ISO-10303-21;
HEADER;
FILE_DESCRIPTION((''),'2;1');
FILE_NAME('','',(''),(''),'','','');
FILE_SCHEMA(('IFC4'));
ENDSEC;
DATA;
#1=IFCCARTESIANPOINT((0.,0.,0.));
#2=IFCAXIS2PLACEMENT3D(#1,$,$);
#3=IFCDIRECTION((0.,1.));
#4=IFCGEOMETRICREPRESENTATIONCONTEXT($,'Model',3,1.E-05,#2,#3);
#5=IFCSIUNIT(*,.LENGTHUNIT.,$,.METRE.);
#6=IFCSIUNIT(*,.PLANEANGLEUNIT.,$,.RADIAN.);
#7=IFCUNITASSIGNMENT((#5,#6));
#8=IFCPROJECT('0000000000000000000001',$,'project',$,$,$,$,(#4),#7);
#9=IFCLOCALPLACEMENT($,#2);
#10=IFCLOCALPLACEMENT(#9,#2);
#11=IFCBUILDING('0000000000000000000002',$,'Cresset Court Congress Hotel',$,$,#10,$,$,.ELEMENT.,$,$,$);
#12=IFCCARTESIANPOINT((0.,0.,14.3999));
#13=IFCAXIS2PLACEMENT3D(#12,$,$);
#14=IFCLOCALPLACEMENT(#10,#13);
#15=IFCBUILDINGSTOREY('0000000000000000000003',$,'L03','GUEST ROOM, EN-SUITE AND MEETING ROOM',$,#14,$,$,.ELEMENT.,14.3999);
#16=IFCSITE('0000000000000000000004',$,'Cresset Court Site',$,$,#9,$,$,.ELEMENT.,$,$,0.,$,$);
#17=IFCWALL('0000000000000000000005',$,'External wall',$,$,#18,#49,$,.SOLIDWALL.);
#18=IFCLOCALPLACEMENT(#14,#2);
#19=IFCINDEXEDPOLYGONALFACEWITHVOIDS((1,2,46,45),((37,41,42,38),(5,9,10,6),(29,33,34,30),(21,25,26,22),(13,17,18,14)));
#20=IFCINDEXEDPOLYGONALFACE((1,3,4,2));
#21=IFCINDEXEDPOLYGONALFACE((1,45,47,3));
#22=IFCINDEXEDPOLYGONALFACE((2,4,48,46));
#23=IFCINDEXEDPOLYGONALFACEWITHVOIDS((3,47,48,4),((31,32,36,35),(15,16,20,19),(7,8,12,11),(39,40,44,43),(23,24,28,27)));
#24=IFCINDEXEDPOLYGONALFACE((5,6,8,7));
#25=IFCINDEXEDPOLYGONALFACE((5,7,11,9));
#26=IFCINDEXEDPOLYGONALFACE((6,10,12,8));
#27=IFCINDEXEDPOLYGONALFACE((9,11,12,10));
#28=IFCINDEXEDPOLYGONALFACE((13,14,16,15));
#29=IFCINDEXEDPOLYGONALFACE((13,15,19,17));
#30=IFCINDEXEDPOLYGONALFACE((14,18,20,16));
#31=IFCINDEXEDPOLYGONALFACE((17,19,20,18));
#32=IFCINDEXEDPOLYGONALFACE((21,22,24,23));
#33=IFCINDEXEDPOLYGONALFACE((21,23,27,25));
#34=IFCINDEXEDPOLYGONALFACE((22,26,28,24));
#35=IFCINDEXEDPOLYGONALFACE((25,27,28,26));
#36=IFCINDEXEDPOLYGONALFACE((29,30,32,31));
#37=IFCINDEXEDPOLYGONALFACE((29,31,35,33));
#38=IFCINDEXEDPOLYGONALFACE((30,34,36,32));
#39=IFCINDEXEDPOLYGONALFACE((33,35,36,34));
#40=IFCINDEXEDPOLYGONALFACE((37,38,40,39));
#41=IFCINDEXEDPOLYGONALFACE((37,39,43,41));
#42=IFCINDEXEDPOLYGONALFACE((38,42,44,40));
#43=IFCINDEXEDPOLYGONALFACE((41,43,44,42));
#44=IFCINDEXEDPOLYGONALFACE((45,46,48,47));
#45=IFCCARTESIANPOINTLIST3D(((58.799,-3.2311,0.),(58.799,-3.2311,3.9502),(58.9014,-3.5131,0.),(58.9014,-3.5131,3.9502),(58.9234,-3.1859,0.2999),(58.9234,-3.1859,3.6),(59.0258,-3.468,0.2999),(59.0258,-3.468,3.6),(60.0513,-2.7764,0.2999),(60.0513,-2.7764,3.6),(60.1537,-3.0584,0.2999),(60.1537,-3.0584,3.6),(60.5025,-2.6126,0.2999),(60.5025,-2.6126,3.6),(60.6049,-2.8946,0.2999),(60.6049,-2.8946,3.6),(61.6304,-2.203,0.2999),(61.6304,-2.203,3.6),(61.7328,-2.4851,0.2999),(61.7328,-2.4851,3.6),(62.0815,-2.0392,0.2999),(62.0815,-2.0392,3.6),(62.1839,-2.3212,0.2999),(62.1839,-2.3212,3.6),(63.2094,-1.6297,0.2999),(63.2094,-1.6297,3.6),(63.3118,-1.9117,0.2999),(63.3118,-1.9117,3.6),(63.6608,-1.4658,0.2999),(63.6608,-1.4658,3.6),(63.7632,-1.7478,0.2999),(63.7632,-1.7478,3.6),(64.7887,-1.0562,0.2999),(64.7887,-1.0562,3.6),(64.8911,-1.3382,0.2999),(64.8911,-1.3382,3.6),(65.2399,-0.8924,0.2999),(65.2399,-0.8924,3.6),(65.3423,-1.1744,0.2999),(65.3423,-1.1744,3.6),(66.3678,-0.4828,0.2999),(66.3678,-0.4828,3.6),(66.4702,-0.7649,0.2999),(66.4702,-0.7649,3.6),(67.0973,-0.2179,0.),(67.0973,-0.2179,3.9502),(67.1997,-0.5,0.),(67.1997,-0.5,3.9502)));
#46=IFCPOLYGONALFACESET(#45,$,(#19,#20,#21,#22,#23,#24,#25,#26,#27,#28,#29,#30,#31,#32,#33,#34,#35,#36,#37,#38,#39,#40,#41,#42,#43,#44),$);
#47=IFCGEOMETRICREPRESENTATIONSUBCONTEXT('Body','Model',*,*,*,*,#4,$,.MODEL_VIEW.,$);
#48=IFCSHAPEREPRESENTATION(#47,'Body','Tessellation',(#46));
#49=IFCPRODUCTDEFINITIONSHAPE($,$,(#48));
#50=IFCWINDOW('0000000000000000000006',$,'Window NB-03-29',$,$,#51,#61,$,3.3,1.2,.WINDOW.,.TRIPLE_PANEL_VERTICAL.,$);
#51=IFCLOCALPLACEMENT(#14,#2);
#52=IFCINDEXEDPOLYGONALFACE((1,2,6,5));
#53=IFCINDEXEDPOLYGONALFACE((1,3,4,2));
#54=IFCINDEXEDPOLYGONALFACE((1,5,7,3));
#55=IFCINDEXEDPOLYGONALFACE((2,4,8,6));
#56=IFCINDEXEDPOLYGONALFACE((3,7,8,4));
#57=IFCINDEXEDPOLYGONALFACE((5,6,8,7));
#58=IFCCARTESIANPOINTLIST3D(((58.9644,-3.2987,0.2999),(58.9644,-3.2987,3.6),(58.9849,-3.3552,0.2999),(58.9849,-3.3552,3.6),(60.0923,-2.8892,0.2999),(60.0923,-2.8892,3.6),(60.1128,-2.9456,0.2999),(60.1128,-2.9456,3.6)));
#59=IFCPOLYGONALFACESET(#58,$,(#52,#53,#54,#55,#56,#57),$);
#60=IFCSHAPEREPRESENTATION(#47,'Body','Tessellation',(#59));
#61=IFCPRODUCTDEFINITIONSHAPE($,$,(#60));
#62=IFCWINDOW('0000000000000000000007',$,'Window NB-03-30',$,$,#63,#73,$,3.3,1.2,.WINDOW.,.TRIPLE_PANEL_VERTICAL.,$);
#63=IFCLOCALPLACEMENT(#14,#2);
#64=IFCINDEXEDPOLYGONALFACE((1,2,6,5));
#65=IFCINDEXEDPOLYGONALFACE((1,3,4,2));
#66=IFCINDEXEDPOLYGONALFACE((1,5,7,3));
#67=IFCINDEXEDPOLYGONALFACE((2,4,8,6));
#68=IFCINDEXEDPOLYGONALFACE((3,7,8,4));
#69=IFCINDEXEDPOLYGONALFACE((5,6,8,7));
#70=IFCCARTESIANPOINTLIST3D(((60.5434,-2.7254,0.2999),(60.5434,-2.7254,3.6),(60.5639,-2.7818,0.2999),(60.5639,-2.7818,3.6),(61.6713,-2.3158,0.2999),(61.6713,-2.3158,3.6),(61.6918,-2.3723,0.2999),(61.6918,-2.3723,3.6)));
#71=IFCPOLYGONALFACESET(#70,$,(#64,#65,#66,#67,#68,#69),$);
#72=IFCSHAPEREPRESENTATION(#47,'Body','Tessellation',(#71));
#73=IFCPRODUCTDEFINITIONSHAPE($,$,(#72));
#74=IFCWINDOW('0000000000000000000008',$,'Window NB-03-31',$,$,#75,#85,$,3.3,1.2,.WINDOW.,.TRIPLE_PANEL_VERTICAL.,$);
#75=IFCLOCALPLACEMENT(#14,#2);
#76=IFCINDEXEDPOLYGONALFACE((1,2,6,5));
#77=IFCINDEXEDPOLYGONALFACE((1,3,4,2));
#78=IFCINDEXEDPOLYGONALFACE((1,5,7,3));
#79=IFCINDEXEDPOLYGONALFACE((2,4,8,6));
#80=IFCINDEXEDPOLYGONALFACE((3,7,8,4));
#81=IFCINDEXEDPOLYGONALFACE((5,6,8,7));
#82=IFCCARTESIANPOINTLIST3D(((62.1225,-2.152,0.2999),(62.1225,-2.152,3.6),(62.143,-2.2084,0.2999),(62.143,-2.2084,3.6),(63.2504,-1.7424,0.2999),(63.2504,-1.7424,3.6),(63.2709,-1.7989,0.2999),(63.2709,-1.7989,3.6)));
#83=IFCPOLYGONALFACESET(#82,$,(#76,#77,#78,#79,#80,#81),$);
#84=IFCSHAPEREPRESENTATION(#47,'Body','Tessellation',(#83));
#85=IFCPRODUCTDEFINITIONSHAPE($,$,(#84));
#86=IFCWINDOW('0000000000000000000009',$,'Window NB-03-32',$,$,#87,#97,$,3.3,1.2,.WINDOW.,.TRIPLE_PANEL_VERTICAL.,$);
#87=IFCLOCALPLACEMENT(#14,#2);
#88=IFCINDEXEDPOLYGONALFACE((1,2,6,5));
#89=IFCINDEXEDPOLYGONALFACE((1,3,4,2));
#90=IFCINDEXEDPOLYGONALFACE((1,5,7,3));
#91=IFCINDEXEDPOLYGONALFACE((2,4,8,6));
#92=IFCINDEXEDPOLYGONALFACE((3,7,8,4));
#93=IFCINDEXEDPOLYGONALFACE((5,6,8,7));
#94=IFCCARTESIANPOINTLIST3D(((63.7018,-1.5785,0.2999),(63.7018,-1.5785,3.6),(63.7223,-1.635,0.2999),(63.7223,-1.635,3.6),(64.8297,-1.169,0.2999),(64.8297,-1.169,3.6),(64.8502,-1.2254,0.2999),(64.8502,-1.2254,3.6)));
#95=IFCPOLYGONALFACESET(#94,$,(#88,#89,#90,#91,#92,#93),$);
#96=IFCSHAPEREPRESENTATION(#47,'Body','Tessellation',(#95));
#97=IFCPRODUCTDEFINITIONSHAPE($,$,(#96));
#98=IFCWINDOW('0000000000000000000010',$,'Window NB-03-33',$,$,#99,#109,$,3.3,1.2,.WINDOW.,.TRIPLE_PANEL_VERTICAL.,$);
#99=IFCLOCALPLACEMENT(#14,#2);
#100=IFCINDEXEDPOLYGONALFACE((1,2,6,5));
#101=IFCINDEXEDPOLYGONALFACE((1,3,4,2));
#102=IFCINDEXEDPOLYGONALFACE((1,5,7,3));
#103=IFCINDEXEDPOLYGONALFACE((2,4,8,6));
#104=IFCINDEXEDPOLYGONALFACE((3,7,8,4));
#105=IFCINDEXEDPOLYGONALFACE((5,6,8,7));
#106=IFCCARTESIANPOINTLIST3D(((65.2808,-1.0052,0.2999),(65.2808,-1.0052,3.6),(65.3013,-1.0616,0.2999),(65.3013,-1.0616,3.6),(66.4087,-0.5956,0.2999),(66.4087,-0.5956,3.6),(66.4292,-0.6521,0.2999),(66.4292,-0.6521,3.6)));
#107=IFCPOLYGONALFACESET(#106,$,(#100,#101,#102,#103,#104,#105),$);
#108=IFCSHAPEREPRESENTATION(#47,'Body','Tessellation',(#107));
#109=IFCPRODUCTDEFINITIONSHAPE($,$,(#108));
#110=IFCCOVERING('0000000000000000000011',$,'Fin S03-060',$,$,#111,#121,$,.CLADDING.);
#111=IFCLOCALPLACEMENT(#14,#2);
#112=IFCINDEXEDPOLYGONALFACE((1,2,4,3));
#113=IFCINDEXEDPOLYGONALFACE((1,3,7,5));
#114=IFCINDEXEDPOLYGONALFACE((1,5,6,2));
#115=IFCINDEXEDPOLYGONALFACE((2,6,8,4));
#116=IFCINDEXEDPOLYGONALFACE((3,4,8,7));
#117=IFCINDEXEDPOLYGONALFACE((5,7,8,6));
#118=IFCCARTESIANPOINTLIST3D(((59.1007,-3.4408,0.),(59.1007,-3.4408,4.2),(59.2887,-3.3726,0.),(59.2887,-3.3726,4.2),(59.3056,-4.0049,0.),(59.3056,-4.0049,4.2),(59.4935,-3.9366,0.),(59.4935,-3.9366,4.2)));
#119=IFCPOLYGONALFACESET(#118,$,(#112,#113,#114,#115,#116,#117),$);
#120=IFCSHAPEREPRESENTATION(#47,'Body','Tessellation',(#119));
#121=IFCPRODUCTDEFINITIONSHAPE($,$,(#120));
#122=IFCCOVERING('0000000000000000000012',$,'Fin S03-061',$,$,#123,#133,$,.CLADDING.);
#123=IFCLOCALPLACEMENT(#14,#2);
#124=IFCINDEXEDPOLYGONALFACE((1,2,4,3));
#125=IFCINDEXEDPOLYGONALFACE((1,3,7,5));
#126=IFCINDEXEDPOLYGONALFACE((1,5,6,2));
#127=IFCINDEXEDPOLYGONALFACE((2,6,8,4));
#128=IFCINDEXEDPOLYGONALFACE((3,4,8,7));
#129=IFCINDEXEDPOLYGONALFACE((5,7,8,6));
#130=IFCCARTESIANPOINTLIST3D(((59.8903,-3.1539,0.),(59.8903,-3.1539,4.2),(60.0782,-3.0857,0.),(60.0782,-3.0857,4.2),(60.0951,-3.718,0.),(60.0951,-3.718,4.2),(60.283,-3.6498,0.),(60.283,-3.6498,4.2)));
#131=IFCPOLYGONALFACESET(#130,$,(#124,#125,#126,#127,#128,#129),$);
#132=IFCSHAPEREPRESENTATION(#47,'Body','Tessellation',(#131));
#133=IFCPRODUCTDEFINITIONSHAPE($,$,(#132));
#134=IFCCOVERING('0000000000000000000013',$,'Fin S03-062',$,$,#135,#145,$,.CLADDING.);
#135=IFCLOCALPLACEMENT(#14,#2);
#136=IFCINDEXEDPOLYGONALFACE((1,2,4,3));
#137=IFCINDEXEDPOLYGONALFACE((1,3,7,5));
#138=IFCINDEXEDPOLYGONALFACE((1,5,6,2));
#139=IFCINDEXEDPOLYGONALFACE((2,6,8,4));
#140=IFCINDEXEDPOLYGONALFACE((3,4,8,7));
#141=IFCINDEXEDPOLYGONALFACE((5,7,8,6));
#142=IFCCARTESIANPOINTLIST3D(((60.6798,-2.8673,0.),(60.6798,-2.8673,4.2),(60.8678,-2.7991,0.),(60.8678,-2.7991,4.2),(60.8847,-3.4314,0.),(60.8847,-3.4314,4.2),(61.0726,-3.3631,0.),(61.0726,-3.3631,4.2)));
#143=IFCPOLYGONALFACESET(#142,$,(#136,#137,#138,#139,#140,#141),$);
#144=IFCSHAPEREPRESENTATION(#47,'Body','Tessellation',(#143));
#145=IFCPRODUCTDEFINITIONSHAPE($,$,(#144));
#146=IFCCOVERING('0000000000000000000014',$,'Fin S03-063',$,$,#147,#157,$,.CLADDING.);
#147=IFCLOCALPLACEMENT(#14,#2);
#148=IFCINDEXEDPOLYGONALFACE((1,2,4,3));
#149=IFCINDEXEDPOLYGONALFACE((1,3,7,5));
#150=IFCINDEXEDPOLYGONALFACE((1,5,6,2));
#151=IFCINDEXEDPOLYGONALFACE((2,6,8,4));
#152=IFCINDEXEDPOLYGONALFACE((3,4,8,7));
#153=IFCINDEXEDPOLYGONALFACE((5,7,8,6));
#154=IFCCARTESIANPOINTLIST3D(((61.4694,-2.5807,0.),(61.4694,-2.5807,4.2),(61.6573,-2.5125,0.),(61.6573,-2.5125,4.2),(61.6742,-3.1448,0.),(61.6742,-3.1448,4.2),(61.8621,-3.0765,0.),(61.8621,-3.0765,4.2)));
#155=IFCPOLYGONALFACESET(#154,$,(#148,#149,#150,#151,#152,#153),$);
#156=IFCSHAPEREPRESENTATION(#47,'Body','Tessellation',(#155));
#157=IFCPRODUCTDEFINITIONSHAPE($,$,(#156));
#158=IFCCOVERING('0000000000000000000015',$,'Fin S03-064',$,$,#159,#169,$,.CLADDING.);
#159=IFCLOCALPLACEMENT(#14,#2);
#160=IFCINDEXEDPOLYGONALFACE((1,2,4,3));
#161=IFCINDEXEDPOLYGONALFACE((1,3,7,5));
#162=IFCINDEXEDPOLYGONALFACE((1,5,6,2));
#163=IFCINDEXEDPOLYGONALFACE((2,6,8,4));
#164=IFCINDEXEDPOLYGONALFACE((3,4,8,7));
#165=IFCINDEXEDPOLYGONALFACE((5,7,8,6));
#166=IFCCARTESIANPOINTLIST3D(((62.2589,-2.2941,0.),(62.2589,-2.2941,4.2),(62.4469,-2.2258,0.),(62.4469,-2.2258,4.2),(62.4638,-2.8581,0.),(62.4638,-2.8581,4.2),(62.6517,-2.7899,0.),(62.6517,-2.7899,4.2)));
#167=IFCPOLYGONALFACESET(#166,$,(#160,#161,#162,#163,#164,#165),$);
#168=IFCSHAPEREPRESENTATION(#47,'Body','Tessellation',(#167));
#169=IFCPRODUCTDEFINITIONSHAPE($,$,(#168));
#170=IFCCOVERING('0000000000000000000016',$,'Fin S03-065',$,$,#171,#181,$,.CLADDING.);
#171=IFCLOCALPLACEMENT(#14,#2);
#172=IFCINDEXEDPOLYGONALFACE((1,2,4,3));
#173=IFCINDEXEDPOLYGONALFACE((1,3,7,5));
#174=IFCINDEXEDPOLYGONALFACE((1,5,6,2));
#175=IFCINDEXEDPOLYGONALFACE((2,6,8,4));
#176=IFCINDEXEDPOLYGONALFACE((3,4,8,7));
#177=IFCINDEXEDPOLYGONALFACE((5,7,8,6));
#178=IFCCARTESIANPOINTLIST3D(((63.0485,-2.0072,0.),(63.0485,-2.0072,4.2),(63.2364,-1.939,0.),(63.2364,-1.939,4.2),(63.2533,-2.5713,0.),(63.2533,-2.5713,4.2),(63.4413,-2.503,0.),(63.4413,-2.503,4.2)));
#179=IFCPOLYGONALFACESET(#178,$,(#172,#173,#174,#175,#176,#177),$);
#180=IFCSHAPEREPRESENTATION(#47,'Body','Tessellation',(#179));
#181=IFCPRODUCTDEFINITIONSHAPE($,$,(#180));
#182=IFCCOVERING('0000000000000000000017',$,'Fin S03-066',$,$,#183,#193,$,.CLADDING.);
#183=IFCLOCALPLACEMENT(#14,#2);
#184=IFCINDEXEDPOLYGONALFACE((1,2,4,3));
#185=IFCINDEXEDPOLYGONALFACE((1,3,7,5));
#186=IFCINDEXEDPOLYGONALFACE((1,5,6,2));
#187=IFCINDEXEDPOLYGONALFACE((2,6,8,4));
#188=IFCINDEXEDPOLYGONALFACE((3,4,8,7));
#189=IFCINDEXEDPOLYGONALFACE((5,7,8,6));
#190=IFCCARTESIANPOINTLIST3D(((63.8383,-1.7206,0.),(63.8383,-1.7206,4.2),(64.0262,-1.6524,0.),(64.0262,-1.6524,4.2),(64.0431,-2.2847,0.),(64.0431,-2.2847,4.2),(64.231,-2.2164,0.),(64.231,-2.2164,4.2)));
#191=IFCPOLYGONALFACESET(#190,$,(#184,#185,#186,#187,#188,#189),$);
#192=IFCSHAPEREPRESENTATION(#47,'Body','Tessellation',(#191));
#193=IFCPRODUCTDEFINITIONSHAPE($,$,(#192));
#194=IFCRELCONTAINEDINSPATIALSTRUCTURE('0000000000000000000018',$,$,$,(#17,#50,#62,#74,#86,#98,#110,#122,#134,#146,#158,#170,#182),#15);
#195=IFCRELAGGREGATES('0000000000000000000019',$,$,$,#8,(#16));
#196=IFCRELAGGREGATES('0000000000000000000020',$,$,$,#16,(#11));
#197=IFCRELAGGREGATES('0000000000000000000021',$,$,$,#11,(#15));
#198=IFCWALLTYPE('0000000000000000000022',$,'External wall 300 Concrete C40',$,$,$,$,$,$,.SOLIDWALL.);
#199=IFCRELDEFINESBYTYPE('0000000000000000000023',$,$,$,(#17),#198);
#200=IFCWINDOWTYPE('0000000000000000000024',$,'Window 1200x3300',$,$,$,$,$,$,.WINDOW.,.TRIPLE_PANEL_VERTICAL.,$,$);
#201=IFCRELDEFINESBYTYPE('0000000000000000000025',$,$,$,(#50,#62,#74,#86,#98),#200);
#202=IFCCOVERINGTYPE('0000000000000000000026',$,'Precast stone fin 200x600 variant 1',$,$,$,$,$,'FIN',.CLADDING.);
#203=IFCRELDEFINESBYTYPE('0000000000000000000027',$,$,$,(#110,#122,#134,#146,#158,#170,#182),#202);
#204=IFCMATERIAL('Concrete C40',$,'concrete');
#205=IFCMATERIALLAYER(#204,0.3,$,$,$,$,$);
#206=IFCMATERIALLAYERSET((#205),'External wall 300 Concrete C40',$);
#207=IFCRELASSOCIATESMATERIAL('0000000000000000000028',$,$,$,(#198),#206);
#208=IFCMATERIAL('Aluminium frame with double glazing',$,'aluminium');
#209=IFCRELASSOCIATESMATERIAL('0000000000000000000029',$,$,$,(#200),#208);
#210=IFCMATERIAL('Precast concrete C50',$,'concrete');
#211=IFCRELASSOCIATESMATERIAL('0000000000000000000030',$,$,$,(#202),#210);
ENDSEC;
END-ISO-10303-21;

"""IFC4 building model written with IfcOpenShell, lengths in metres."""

from ifc_helpers import new_model, si_unit, direction, frame, frame_2d, origin, origin_2d, place, context, subcontext, project, spatial, rectangle, extrude, material, layer, layer_set, type_object, element, fill, save


model = new_model("IFC4")

# Units and contexts
model_context = context("Model", 3, precision=1e-05, world=origin(), true_north=direction((0.0, 1.0)))
body_context = subcontext(model_context, "Body", "Model", "MODEL_VIEW")
ifc_project = project(units=[si_unit("LENGTHUNIT", "METRE"), si_unit("PLANEANGLEUNIT", "RADIAN")], contexts=[model_context])

# Site, building, storey
site_placement = place(None, origin())
site = spatial("IfcSite", under=ifc_project, at=site_placement, Name="Cresset Court Site", CompositionType="ELEMENT", RefElevation=0.0)
building_placement = place(site_placement, origin())
building = spatial("IfcBuilding", under=site, at=building_placement, Name="Cresset Court Congress Hotel", CompositionType="ELEMENT")
storey_placement = place(building_placement, frame((0.0, 0.0, 14.3999)))
storey = spatial("IfcBuildingStorey", under=building, at=storey_placement, Name="L03", Description="GUEST ROOM, EN-SUITE AND MEETING ROOM", CompositionType="ELEMENT", Elevation=14.3999)

# Shared definitions
ifc_material_1 = material(Name="Concrete C40", Category="concrete")
ifc_layer_1 = layer(ifc_material_1, 0.3)
ifc_layer_set_1 = layer_set([ifc_layer_1], Name="External wall 300 Concrete C40")
wall_type = type_object("IfcWallType", Name="External wall 300 Concrete C40", PredefinedType="SOLIDWALL", material=ifc_layer_set_1)

# Wall, openings, windows
wall_1_placement = place(storey_placement, frame((58.8503, -3.3721, 0.0), z_axis=(0.0, 0.0, 1.0), x_axis=(0.939953, 0.341303, 0.0)))
wall_1 = element("IfcWall", 1, at=wall_1_placement, inside=storey, type_object=wall_type, Name="External wall", PredefinedType="SOLIDWALL", context=body_context, shape_type="SweptSolid", body=[
    extrude(rectangle(XDim=8.8284, YDim=0.3, at=frame_2d((4.4141, 0.0))), origin(), (0.0, 0.0, 1.0), 3.9502),
])
opening_1_placement = place(wall_1_placement, frame((0.1321, 0.0, 0.3)))
opening_1 = element("IfcOpeningElement", 2, at=opening_1_placement, cuts=wall_1, PredefinedType="OPENING", context=body_context, shape_type="SweptSolid", body=[
    extrude(rectangle(XDim=1.2, YDim=3.3, at=frame_2d((0.6001, 1.6499))), frame((0.0, 0.1599, 0.0), z_axis=(0.0, -1.0, 0.0), x_axis=(1.0, 0.0, 0.0)), (0.0, 0.0, 1.0), 0.3201),
])
opening_2_placement = place(wall_1_placement, frame((1.812, 0.0, 0.3)))
opening_2 = element("IfcOpeningElement", 3, at=opening_2_placement, cuts=wall_1, PredefinedType="OPENING", context=body_context, shape_type="SweptSolid", body=[
    extrude(rectangle(XDim=1.2, YDim=3.3, at=frame_2d((0.6001, 1.6499))), frame((0.0, 0.1599, 0.0), z_axis=(0.0, -1.0, 0.0), x_axis=(1.0, 0.0, 0.0)), (0.0, 0.0, 1.0), 0.3201),
])
opening_3_placement = place(wall_1_placement, frame((3.4919, 0.0, 0.3)))
opening_3 = element("IfcOpeningElement", 4, at=opening_3_placement, cuts=wall_1, PredefinedType="OPENING", context=body_context, shape_type="SweptSolid", body=[
    extrude(rectangle(XDim=1.2, YDim=3.3, at=frame_2d((0.6001, 1.6499))), frame((0.0, 0.1599, 0.0), z_axis=(0.0, -1.0, 0.0), x_axis=(1.0, 0.0, 0.0)), (0.0, 0.0, 1.0), 0.3201),
])
opening_4_placement = place(wall_1_placement, frame((5.1721, 0.0, 0.3)))
opening_4 = element("IfcOpeningElement", 5, at=opening_4_placement, cuts=wall_1, PredefinedType="OPENING", context=body_context, shape_type="SweptSolid", body=[
    extrude(rectangle(XDim=1.2, YDim=3.3, at=frame_2d((0.6001, 1.6499))), frame((0.0, 0.1599, 0.0), z_axis=(0.0, -1.0, 0.0), x_axis=(1.0, 0.0, 0.0)), (0.0, 0.0, 1.0), 0.3201),
])
opening_5_placement = place(wall_1_placement, frame((6.8521, 0.0, 0.3)))
opening_5 = element("IfcOpeningElement", 6, at=opening_5_placement, cuts=wall_1, PredefinedType="OPENING", context=body_context, shape_type="SweptSolid", body=[
    extrude(rectangle(XDim=1.2, YDim=3.3, at=frame_2d((0.6001, 1.6499))), frame((0.0, 0.1599, 0.0), z_axis=(0.0, -1.0, 0.0), x_axis=(1.0, 0.0, 0.0)), (0.0, 0.0, 1.0), 0.3201),
])
ifc_material_2 = material(Name="Aluminium frame with double glazing", Category="aluminium")
window_type = type_object("IfcWindowType", Name="Window 1200x3300", PartitioningType="TRIPLE_PANEL_VERTICAL", PredefinedType="WINDOW", material=ifc_material_2)
window_1_placement = place(opening_1_placement, origin())
window_1 = element("IfcWindow", 7, at=window_1_placement, inside=storey, type_object=window_type, Name="Window NB-03-29", OverallHeight=3.3, OverallWidth=1.2, PartitioningType="TRIPLE_PANEL_VERTICAL", PredefinedType="WINDOW", context=body_context, shape_type="SweptSolid", body=[
    extrude(rectangle(XDim=1.2, YDim=3.3, at=frame_2d((0.6001, 1.6499))), frame((0.0, 0.03, 0.0), z_axis=(0.0, -1.0, 0.0), x_axis=(1.0, 0.0, 0.0)), (0.0, 0.0, 1.0), 0.0601),
])
fill(opening_1, window_1)
window_2_placement = place(opening_2_placement, origin())
window_2 = element("IfcWindow", 8, at=window_2_placement, inside=storey, type_object=window_type, Name="Window NB-03-30", OverallHeight=3.3, OverallWidth=1.2, PartitioningType="TRIPLE_PANEL_VERTICAL", PredefinedType="WINDOW", context=body_context, shape_type="SweptSolid", body=[
    extrude(rectangle(XDim=1.2, YDim=3.3, at=frame_2d((0.6001, 1.6499))), frame((0.0, 0.03, 0.0), z_axis=(0.0, -1.0, 0.0), x_axis=(1.0, 0.0, 0.0)), (0.0, 0.0, 1.0), 0.0601),
])
fill(opening_2, window_2)
window_3_placement = place(opening_3_placement, origin())
window_3 = element("IfcWindow", 9, at=window_3_placement, inside=storey, type_object=window_type, Name="Window NB-03-31", OverallHeight=3.3, OverallWidth=1.2, PartitioningType="TRIPLE_PANEL_VERTICAL", PredefinedType="WINDOW", context=body_context, shape_type="SweptSolid", body=[
    extrude(rectangle(XDim=1.2, YDim=3.3, at=frame_2d((0.6001, 1.6499))), frame((0.0, 0.03, 0.0), z_axis=(0.0, -1.0, 0.0), x_axis=(1.0, 0.0, 0.0)), (0.0, 0.0, 1.0), 0.0601),
])
fill(opening_3, window_3)
window_4_placement = place(opening_4_placement, origin())
window_4 = element("IfcWindow", 10, at=window_4_placement, inside=storey, type_object=window_type, Name="Window NB-03-32", OverallHeight=3.3, OverallWidth=1.2, PartitioningType="TRIPLE_PANEL_VERTICAL", PredefinedType="WINDOW", context=body_context, shape_type="SweptSolid", body=[
    extrude(rectangle(XDim=1.2, YDim=3.3, at=frame_2d((0.6001, 1.6499))), frame((0.0, 0.03, 0.0), z_axis=(0.0, -1.0, 0.0), x_axis=(1.0, 0.0, 0.0)), (0.0, 0.0, 1.0), 0.0601),
])
fill(opening_4, window_4)
window_5_placement = place(opening_5_placement, origin())
window_5 = element("IfcWindow", 11, at=window_5_placement, inside=storey, type_object=window_type, Name="Window NB-03-33", OverallHeight=3.3, OverallWidth=1.2, PartitioningType="TRIPLE_PANEL_VERTICAL", PredefinedType="WINDOW", context=body_context, shape_type="SweptSolid", body=[
    extrude(rectangle(XDim=1.2, YDim=3.3, at=frame_2d((0.6001, 1.6499))), frame((0.0, 0.03, 0.0), z_axis=(0.0, -1.0, 0.0), x_axis=(1.0, 0.0, 0.0)), (0.0, 0.0, 1.0), 0.0601),
])
fill(opening_5, window_5)

# Coverings
ifc_material_3 = material(Name="Precast concrete C50", Category="concrete")
covering_type = type_object("IfcCoveringType", Name="Precast stone fin 200x600 variant 1", ElementType="FIN", PredefinedType="CLADDING", material=ifc_material_3)
for number, where, z_axis, x_axis, name in (
    (12, (59.2971, -3.6887, 0.0), (0.0, 0.0, 1.0), (0.939957, 0.341293, 0.0), "Fin S03-060"),
    (13, (60.0867, -3.4019, 0.0), (0.0, 0.0, 1.0), (0.939957, 0.341293, 0.0), "Fin S03-061"),
    (14, (60.8762, -3.1152, 0.0), (0.0, 0.0, 1.0), (0.939957, 0.341293, 0.0), "Fin S03-062"),
    (15, (61.6658, -2.8286, 0.0), (0.0, 0.0, 1.0), (0.939957, 0.341293, 0.0), "Fin S03-063"),
    (16, (62.4553, -2.542, 0.0), (0.0, 0.0, 1.0), (0.939957, 0.341293, 0.0), "Fin S03-064"),
    (17, (63.2449, -2.2551, 0.0), (0.0, 0.0, 1.0), (0.939957, 0.341293, 0.0), "Fin S03-065"),
    (18, (64.0347, -1.9685, 0.0), (0.0, 0.0, 1.0), (0.939957, 0.341293, 0.0), "Fin S03-066"),
):
    element("IfcCovering", number, at=place(storey_placement, frame(where, z_axis=z_axis, x_axis=x_axis)), inside=storey, type_object=covering_type, Name=name, PredefinedType="CLADDING", context=body_context, shape_type="SweptSolid", body=[
        extrude(rectangle(XDim=0.2, YDim=0.6001, at=origin_2d()), origin(), (0.0, 0.0, 1.0), 4.2),
    ])

save(model, "model.ifc")
